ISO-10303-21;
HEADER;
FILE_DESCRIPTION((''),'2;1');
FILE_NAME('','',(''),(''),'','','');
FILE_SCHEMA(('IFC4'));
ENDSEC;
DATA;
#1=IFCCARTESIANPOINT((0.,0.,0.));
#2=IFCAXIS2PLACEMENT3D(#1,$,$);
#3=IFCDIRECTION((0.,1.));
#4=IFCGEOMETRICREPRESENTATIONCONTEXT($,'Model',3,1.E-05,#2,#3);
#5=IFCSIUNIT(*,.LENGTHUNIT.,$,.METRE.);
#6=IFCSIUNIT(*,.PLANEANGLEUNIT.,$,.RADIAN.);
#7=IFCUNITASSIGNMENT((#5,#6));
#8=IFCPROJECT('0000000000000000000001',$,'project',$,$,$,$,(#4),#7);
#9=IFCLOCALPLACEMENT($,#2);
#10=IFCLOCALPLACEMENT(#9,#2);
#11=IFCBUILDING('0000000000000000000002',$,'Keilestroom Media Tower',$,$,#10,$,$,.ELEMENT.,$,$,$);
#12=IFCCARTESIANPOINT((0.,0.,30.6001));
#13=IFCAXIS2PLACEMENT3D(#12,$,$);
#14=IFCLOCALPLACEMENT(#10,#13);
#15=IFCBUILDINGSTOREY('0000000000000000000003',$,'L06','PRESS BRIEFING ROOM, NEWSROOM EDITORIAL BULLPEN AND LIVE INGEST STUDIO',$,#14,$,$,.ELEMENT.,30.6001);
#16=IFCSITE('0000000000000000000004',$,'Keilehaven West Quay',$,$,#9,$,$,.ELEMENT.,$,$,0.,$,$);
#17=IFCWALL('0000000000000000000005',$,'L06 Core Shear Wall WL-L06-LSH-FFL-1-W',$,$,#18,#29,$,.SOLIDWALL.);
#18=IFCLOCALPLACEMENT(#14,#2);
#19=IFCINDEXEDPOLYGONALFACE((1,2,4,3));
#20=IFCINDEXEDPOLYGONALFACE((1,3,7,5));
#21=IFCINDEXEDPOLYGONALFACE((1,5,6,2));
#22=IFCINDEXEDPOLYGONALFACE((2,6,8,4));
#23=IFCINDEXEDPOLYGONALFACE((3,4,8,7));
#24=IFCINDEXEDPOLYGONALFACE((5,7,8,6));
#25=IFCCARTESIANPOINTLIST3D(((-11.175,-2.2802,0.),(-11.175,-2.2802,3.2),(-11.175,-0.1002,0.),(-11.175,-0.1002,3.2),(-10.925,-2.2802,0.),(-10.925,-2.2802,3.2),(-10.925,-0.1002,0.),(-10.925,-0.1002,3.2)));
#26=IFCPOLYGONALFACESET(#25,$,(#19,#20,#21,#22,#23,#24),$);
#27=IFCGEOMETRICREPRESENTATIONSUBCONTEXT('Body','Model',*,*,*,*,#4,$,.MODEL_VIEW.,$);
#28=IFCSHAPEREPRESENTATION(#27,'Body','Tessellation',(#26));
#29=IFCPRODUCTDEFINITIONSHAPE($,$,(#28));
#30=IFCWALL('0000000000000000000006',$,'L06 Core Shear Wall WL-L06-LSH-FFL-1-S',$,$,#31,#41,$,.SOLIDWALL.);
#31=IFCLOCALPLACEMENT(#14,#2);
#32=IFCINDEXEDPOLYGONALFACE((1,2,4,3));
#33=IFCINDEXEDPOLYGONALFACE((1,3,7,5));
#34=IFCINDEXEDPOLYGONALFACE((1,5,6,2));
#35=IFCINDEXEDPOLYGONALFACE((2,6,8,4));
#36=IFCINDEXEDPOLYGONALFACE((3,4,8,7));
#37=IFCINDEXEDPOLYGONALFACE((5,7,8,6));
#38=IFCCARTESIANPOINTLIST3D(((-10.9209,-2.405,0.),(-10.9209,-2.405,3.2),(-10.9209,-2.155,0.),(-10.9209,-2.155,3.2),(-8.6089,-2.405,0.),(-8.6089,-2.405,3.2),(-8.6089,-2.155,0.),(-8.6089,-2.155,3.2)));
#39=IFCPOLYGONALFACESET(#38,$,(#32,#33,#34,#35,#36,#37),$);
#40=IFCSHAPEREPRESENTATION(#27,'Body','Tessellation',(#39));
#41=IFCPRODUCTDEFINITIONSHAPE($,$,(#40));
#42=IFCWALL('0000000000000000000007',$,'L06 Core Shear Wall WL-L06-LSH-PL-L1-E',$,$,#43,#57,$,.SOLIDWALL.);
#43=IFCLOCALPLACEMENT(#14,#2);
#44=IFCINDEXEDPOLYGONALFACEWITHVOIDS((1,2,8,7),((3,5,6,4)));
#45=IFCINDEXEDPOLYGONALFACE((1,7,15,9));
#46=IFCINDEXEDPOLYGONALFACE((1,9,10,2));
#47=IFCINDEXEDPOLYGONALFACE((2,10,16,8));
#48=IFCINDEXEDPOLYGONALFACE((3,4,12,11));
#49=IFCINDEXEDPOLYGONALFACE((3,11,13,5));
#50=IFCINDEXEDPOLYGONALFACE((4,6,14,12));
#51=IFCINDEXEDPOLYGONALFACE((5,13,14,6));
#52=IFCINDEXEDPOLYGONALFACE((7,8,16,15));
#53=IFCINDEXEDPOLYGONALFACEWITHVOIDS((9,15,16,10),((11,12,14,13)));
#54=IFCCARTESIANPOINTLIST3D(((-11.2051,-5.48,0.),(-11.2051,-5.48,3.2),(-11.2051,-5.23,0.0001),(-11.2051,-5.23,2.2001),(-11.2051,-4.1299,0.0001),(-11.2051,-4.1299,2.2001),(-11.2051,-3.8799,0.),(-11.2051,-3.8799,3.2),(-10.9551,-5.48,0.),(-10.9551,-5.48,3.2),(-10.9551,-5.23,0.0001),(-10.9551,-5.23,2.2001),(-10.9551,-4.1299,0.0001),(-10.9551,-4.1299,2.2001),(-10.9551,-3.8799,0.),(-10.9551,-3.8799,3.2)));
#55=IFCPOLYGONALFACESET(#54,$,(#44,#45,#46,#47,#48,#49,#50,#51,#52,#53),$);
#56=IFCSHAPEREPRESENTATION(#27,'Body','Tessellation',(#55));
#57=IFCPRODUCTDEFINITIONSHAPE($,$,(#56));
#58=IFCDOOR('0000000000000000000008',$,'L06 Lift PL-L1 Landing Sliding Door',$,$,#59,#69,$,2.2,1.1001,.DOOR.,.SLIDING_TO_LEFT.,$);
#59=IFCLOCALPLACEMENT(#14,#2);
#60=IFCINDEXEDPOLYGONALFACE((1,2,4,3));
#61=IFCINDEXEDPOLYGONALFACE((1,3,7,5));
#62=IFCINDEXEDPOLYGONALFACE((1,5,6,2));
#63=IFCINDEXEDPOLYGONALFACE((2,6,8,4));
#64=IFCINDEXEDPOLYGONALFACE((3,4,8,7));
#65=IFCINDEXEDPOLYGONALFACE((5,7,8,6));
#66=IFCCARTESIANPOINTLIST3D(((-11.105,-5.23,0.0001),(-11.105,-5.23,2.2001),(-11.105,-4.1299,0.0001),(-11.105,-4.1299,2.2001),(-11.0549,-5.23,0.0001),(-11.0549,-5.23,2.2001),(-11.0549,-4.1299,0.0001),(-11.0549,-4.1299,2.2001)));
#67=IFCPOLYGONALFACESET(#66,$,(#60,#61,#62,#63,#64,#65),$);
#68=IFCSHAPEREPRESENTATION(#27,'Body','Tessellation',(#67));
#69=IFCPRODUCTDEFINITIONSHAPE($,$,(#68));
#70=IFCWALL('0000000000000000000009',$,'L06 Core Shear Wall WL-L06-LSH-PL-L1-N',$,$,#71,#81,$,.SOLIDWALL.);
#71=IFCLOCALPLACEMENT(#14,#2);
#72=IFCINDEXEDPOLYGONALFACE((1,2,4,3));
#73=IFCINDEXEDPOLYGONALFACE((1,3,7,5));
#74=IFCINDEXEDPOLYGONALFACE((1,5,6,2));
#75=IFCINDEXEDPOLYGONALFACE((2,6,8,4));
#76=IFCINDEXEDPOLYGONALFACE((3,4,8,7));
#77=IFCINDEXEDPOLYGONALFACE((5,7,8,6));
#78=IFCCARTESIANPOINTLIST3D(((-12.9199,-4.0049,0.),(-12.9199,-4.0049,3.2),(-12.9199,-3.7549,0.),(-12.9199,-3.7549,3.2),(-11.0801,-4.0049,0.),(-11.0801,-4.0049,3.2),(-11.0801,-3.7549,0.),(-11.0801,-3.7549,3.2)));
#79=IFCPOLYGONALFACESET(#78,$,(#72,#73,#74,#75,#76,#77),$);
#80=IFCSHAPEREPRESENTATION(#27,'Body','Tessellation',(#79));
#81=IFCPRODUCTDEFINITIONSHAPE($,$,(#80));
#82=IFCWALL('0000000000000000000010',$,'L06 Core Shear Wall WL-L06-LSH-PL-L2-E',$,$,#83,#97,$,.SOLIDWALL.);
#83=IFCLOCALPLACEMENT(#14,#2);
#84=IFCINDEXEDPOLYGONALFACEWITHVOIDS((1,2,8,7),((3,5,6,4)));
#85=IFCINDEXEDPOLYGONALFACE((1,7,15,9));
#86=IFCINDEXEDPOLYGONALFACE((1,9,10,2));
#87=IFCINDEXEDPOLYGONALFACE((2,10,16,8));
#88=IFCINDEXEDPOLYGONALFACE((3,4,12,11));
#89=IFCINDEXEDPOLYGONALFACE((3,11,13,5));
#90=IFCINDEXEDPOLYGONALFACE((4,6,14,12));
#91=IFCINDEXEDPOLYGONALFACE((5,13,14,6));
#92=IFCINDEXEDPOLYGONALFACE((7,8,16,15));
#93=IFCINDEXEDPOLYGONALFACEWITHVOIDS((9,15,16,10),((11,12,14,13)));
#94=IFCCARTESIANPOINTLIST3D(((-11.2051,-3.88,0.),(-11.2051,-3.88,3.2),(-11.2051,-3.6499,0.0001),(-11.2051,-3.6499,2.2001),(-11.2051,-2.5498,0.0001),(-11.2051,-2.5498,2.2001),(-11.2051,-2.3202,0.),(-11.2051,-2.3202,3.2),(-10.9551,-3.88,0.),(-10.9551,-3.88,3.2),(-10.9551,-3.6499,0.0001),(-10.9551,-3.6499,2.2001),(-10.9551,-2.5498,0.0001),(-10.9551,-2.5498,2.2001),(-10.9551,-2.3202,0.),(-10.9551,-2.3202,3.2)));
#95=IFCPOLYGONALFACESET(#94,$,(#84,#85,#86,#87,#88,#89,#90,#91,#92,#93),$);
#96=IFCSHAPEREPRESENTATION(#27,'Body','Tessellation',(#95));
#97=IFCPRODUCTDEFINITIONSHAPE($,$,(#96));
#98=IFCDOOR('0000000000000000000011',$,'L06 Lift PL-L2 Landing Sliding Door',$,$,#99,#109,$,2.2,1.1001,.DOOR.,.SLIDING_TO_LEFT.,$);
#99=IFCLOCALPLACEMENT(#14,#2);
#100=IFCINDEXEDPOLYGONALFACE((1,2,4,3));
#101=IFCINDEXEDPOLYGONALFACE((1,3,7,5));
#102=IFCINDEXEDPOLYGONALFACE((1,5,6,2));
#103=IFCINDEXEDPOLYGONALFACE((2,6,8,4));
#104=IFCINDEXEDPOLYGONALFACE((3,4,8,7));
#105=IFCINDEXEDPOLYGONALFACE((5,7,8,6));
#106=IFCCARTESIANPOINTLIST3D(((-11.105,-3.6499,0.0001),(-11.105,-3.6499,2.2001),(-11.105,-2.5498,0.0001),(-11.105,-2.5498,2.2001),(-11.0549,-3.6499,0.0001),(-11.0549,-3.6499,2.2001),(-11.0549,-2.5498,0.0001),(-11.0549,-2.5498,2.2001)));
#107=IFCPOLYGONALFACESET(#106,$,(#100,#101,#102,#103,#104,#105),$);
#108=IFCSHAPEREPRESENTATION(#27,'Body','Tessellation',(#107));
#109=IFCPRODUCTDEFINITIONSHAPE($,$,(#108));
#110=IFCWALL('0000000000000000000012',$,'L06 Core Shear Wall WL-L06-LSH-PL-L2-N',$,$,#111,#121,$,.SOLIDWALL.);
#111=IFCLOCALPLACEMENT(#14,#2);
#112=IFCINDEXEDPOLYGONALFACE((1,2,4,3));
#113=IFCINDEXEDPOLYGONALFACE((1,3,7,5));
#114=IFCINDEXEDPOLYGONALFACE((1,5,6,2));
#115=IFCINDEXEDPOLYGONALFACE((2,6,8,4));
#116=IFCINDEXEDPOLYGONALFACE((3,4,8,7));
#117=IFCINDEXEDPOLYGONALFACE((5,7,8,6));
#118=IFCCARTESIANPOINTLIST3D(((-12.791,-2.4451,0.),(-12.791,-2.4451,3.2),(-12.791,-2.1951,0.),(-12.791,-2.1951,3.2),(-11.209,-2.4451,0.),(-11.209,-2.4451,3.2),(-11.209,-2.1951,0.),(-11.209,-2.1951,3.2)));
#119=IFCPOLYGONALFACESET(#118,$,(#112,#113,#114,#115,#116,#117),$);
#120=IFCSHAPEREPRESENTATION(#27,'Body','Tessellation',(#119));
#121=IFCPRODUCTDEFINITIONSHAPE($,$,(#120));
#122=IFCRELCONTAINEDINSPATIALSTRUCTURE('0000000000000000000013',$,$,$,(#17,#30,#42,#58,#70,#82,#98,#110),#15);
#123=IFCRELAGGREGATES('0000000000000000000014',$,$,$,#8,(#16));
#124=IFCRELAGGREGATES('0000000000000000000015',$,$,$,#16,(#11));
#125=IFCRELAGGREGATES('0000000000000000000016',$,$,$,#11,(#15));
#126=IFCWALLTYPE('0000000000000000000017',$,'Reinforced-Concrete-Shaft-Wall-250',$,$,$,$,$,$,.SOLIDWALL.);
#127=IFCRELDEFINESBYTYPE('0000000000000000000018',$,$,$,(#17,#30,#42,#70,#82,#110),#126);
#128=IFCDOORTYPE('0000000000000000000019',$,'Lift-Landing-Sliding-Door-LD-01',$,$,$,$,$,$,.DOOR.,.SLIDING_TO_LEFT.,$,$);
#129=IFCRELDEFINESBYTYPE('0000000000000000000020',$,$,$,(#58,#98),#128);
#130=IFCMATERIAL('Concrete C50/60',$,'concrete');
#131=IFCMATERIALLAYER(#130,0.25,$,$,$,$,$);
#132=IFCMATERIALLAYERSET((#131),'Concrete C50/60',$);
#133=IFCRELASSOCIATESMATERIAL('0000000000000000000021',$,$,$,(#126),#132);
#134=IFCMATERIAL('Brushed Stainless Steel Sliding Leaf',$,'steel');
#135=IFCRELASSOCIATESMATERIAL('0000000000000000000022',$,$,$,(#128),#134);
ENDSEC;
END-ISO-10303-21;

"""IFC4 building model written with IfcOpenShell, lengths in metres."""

from ifc_helpers import new_model, si_unit, direction, frame, frame_2d, origin, place, context, subcontext, project, spatial, rectangle, extrude, source, transform, mapped, material, layer, layer_set, type_object, element, fill, save


model = new_model("IFC4")

# Units and contexts
model_context = context("Model", 3, precision=1e-05, world=origin(), true_north=direction((0.0, 1.0)))
body_context = subcontext(model_context, "Body", "Model", "MODEL_VIEW")
ifc_project = project(units=[si_unit("LENGTHUNIT", "METRE"), si_unit("PLANEANGLEUNIT", "RADIAN")], contexts=[model_context])

# Site, building, storey
site_placement = place(None, origin())
site = spatial("IfcSite", under=ifc_project, at=site_placement, Name="Keilehaven West Quay", CompositionType="ELEMENT", RefElevation=0.0)
building_placement = place(site_placement, origin())
building = spatial("IfcBuilding", under=site, at=building_placement, Name="Keilestroom Media Tower", CompositionType="ELEMENT")
storey_placement = place(building_placement, frame((0.0, 0.0, 30.6001)))
storey = spatial("IfcBuildingStorey", under=building, at=storey_placement, Name="L06", Description="PRESS BRIEFING ROOM, NEWSROOM EDITORIAL BULLPEN AND LIVE INGEST STUDIO", CompositionType="ELEMENT", Elevation=30.6001)

# Walls
ifc_material_1 = material(Name="Concrete C50/60", Category="concrete")
ifc_layer_1 = layer(ifc_material_1, 0.25)
ifc_layer_set_1 = layer_set([ifc_layer_1], Name="Concrete C50/60")
wall_type_1 = type_object("IfcWallType", Name="Reinforced-Concrete-Shaft-Wall-250", PredefinedType="SOLIDWALL", material=ifc_layer_set_1)
wall_1_placement = place(storey_placement, frame((-11.05, -2.28, 0.0), z_axis=(0.0, 0.0, 1.0), x_axis=(0.0, 1.0, 0.0)))
element("IfcWall", 1, at=wall_1_placement, inside=storey, type_object=wall_type_1, Name="L06 Core Shear Wall WL-L06-LSH-FFL-1-W", PredefinedType="SOLIDWALL", context=body_context, shape_type="SweptSolid", body=[
    extrude(rectangle(XDim=2.1799, YDim=0.25, at=frame_2d((1.0898, 0.0))), origin(), (0.0, 0.0, 1.0), 3.2),
])
wall_2_placement = place(storey_placement, frame((-10.9209, -2.28, 0.0), z_axis=(0.0, 0.0, 1.0), x_axis=(1.0, 0.0, 0.0)))
element("IfcWall", 2, at=wall_2_placement, inside=storey, type_object=wall_type_1, Name="L06 Core Shear Wall WL-L06-LSH-FFL-1-S", PredefinedType="SOLIDWALL", context=body_context, shape_type="SweptSolid", body=[
    extrude(rectangle(XDim=2.312, YDim=0.25, at=frame_2d((1.156, 0.0))), origin(), (0.0, 0.0, 1.0), 3.2),
])

# Wall, opening, door
wall_3_placement = place(storey_placement, frame((-11.0801, -5.48, 0.0), z_axis=(0.0, 0.0, 1.0), x_axis=(0.0, 1.0, 0.0)))
wall_3 = element("IfcWall", 3, at=wall_3_placement, inside=storey, type_object=wall_type_1, Name="L06 Core Shear Wall WL-L06-LSH-PL-L1-E", PredefinedType="SOLIDWALL", context=body_context, shape_type="SweptSolid", body=[
    extrude(rectangle(XDim=1.6001, YDim=0.25, at=frame_2d((0.8, 0.0))), origin(), (0.0, 0.0, 1.0), 3.2),
])
opening_1_placement = place(wall_3_placement, frame((0.25, 0.0, 0.0)))
opening_1 = element("IfcOpeningElement", 4, at=opening_1_placement, cuts=wall_3, PredefinedType="OPENING", context=body_context, shape_type="SweptSolid", body=[
    extrude(rectangle(XDim=1.1001, YDim=2.2, at=frame_2d((0.55, 1.1001))), frame((0.0, 0.135, 0.0), z_axis=(0.0, -1.0, 0.0), x_axis=(1.0, 0.0, 0.0)), (0.0, 0.0, 1.0), 0.27),
])
ifc_material_2 = material(Name="Brushed Stainless Steel Sliding Leaf", Category="steel")
door_type_1 = type_object("IfcDoorType", Name="Lift-Landing-Sliding-Door-LD-01", OperationType="SLIDING_TO_LEFT", PredefinedType="DOOR", material=ifc_material_2)
shared_shape_1 = source(origin(), body_context, "Body", "SweptSolid", [
    extrude(rectangle(XDim=1.1001, YDim=2.2, at=frame_2d((0.55, 1.1001))), frame((0.0, 0.0249, 0.0), z_axis=(0.0, -1.0, 0.0), x_axis=(1.0, 0.0, 0.0)), (0.0, 0.0, 1.0), 0.05),
])
door_1_placement = place(opening_1_placement, origin())
door_1 = element("IfcDoor", 5, at=door_1_placement, inside=storey, type_object=door_type_1, Name="L06 Lift PL-L1 Landing Sliding Door", OperationType="SLIDING_TO_LEFT", OverallHeight=2.2, OverallWidth=1.1001, PredefinedType="DOOR", context=body_context, shape_type="MappedRepresentation", body=[
    mapped(shared_shape_1, transform((0.0, 0.0, 0.0), x_axis=(1.0, 0.0, 0.0), y_axis=(0.0, 1.0, 0.0), z_axis=(0.0, 0.0, 1.0), scale=1.0)),
])
fill(opening_1, door_1)

# Wall
wall_4_placement = place(storey_placement, frame((-12.9199, -3.8799, 0.0), z_axis=(0.0, 0.0, 1.0), x_axis=(1.0, 0.0, 0.0)))
element("IfcWall", 6, at=wall_4_placement, inside=storey, type_object=wall_type_1, Name="L06 Core Shear Wall WL-L06-LSH-PL-L1-N", PredefinedType="SOLIDWALL", context=body_context, shape_type="SweptSolid", body=[
    extrude(rectangle(XDim=1.8398, YDim=0.25, at=frame_2d((0.9199, 0.0))), origin(), (0.0, 0.0, 1.0), 3.2),
])

# Wall, opening, door
wall_5_placement = place(storey_placement, frame((-11.0801, -3.8799, 0.0), z_axis=(0.0, 0.0, 1.0), x_axis=(0.0, 1.0, 0.0)))
wall_5 = element("IfcWall", 7, at=wall_5_placement, inside=storey, type_object=wall_type_1, Name="L06 Core Shear Wall WL-L06-LSH-PL-L2-E", PredefinedType="SOLIDWALL", context=body_context, shape_type="SweptSolid", body=[
    extrude(rectangle(XDim=1.5598, YDim=0.25, at=frame_2d((0.7798, 0.0))), origin(), (0.0, 0.0, 1.0), 3.2),
])
opening_2_placement = place(wall_5_placement, frame((0.23, 0.0, 0.0)))
opening_2 = element("IfcOpeningElement", 8, at=opening_2_placement, cuts=wall_5, PredefinedType="OPENING", context=body_context, shape_type="SweptSolid", body=[
    extrude(rectangle(XDim=1.1001, YDim=2.2, at=frame_2d((0.55, 1.1001))), frame((0.0, 0.135, 0.0), z_axis=(0.0, -1.0, 0.0), x_axis=(1.0, 0.0, 0.0)), (0.0, 0.0, 1.0), 0.27),
])
door_2_placement = place(opening_2_placement, origin())
door_2 = element("IfcDoor", 9, at=door_2_placement, inside=storey, type_object=door_type_1, Name="L06 Lift PL-L2 Landing Sliding Door", OperationType="SLIDING_TO_LEFT", OverallHeight=2.2, OverallWidth=1.1001, PredefinedType="DOOR", context=body_context, shape_type="MappedRepresentation", body=[
    mapped(shared_shape_1, transform((0.0, 0.0, 0.0), x_axis=(1.0, 0.0, 0.0), y_axis=(0.0, 1.0, 0.0), z_axis=(0.0, 0.0, 1.0), scale=1.0)),
])
fill(opening_2, door_2)

# Wall
wall_6_placement = place(storey_placement, frame((-12.791, -2.3201, 0.0), z_axis=(0.0, 0.0, 1.0), x_axis=(1.0, 0.0, 0.0)))
element("IfcWall", 10, at=wall_6_placement, inside=storey, type_object=wall_type_1, Name="L06 Core Shear Wall WL-L06-LSH-PL-L2-N", PredefinedType="SOLIDWALL", context=body_context, shape_type="SweptSolid", body=[
    extrude(rectangle(XDim=1.582, YDim=0.25, at=frame_2d((0.791, 0.0))), origin(), (0.0, 0.0, 1.0), 3.2),
])

save(model, "model.ifc")
